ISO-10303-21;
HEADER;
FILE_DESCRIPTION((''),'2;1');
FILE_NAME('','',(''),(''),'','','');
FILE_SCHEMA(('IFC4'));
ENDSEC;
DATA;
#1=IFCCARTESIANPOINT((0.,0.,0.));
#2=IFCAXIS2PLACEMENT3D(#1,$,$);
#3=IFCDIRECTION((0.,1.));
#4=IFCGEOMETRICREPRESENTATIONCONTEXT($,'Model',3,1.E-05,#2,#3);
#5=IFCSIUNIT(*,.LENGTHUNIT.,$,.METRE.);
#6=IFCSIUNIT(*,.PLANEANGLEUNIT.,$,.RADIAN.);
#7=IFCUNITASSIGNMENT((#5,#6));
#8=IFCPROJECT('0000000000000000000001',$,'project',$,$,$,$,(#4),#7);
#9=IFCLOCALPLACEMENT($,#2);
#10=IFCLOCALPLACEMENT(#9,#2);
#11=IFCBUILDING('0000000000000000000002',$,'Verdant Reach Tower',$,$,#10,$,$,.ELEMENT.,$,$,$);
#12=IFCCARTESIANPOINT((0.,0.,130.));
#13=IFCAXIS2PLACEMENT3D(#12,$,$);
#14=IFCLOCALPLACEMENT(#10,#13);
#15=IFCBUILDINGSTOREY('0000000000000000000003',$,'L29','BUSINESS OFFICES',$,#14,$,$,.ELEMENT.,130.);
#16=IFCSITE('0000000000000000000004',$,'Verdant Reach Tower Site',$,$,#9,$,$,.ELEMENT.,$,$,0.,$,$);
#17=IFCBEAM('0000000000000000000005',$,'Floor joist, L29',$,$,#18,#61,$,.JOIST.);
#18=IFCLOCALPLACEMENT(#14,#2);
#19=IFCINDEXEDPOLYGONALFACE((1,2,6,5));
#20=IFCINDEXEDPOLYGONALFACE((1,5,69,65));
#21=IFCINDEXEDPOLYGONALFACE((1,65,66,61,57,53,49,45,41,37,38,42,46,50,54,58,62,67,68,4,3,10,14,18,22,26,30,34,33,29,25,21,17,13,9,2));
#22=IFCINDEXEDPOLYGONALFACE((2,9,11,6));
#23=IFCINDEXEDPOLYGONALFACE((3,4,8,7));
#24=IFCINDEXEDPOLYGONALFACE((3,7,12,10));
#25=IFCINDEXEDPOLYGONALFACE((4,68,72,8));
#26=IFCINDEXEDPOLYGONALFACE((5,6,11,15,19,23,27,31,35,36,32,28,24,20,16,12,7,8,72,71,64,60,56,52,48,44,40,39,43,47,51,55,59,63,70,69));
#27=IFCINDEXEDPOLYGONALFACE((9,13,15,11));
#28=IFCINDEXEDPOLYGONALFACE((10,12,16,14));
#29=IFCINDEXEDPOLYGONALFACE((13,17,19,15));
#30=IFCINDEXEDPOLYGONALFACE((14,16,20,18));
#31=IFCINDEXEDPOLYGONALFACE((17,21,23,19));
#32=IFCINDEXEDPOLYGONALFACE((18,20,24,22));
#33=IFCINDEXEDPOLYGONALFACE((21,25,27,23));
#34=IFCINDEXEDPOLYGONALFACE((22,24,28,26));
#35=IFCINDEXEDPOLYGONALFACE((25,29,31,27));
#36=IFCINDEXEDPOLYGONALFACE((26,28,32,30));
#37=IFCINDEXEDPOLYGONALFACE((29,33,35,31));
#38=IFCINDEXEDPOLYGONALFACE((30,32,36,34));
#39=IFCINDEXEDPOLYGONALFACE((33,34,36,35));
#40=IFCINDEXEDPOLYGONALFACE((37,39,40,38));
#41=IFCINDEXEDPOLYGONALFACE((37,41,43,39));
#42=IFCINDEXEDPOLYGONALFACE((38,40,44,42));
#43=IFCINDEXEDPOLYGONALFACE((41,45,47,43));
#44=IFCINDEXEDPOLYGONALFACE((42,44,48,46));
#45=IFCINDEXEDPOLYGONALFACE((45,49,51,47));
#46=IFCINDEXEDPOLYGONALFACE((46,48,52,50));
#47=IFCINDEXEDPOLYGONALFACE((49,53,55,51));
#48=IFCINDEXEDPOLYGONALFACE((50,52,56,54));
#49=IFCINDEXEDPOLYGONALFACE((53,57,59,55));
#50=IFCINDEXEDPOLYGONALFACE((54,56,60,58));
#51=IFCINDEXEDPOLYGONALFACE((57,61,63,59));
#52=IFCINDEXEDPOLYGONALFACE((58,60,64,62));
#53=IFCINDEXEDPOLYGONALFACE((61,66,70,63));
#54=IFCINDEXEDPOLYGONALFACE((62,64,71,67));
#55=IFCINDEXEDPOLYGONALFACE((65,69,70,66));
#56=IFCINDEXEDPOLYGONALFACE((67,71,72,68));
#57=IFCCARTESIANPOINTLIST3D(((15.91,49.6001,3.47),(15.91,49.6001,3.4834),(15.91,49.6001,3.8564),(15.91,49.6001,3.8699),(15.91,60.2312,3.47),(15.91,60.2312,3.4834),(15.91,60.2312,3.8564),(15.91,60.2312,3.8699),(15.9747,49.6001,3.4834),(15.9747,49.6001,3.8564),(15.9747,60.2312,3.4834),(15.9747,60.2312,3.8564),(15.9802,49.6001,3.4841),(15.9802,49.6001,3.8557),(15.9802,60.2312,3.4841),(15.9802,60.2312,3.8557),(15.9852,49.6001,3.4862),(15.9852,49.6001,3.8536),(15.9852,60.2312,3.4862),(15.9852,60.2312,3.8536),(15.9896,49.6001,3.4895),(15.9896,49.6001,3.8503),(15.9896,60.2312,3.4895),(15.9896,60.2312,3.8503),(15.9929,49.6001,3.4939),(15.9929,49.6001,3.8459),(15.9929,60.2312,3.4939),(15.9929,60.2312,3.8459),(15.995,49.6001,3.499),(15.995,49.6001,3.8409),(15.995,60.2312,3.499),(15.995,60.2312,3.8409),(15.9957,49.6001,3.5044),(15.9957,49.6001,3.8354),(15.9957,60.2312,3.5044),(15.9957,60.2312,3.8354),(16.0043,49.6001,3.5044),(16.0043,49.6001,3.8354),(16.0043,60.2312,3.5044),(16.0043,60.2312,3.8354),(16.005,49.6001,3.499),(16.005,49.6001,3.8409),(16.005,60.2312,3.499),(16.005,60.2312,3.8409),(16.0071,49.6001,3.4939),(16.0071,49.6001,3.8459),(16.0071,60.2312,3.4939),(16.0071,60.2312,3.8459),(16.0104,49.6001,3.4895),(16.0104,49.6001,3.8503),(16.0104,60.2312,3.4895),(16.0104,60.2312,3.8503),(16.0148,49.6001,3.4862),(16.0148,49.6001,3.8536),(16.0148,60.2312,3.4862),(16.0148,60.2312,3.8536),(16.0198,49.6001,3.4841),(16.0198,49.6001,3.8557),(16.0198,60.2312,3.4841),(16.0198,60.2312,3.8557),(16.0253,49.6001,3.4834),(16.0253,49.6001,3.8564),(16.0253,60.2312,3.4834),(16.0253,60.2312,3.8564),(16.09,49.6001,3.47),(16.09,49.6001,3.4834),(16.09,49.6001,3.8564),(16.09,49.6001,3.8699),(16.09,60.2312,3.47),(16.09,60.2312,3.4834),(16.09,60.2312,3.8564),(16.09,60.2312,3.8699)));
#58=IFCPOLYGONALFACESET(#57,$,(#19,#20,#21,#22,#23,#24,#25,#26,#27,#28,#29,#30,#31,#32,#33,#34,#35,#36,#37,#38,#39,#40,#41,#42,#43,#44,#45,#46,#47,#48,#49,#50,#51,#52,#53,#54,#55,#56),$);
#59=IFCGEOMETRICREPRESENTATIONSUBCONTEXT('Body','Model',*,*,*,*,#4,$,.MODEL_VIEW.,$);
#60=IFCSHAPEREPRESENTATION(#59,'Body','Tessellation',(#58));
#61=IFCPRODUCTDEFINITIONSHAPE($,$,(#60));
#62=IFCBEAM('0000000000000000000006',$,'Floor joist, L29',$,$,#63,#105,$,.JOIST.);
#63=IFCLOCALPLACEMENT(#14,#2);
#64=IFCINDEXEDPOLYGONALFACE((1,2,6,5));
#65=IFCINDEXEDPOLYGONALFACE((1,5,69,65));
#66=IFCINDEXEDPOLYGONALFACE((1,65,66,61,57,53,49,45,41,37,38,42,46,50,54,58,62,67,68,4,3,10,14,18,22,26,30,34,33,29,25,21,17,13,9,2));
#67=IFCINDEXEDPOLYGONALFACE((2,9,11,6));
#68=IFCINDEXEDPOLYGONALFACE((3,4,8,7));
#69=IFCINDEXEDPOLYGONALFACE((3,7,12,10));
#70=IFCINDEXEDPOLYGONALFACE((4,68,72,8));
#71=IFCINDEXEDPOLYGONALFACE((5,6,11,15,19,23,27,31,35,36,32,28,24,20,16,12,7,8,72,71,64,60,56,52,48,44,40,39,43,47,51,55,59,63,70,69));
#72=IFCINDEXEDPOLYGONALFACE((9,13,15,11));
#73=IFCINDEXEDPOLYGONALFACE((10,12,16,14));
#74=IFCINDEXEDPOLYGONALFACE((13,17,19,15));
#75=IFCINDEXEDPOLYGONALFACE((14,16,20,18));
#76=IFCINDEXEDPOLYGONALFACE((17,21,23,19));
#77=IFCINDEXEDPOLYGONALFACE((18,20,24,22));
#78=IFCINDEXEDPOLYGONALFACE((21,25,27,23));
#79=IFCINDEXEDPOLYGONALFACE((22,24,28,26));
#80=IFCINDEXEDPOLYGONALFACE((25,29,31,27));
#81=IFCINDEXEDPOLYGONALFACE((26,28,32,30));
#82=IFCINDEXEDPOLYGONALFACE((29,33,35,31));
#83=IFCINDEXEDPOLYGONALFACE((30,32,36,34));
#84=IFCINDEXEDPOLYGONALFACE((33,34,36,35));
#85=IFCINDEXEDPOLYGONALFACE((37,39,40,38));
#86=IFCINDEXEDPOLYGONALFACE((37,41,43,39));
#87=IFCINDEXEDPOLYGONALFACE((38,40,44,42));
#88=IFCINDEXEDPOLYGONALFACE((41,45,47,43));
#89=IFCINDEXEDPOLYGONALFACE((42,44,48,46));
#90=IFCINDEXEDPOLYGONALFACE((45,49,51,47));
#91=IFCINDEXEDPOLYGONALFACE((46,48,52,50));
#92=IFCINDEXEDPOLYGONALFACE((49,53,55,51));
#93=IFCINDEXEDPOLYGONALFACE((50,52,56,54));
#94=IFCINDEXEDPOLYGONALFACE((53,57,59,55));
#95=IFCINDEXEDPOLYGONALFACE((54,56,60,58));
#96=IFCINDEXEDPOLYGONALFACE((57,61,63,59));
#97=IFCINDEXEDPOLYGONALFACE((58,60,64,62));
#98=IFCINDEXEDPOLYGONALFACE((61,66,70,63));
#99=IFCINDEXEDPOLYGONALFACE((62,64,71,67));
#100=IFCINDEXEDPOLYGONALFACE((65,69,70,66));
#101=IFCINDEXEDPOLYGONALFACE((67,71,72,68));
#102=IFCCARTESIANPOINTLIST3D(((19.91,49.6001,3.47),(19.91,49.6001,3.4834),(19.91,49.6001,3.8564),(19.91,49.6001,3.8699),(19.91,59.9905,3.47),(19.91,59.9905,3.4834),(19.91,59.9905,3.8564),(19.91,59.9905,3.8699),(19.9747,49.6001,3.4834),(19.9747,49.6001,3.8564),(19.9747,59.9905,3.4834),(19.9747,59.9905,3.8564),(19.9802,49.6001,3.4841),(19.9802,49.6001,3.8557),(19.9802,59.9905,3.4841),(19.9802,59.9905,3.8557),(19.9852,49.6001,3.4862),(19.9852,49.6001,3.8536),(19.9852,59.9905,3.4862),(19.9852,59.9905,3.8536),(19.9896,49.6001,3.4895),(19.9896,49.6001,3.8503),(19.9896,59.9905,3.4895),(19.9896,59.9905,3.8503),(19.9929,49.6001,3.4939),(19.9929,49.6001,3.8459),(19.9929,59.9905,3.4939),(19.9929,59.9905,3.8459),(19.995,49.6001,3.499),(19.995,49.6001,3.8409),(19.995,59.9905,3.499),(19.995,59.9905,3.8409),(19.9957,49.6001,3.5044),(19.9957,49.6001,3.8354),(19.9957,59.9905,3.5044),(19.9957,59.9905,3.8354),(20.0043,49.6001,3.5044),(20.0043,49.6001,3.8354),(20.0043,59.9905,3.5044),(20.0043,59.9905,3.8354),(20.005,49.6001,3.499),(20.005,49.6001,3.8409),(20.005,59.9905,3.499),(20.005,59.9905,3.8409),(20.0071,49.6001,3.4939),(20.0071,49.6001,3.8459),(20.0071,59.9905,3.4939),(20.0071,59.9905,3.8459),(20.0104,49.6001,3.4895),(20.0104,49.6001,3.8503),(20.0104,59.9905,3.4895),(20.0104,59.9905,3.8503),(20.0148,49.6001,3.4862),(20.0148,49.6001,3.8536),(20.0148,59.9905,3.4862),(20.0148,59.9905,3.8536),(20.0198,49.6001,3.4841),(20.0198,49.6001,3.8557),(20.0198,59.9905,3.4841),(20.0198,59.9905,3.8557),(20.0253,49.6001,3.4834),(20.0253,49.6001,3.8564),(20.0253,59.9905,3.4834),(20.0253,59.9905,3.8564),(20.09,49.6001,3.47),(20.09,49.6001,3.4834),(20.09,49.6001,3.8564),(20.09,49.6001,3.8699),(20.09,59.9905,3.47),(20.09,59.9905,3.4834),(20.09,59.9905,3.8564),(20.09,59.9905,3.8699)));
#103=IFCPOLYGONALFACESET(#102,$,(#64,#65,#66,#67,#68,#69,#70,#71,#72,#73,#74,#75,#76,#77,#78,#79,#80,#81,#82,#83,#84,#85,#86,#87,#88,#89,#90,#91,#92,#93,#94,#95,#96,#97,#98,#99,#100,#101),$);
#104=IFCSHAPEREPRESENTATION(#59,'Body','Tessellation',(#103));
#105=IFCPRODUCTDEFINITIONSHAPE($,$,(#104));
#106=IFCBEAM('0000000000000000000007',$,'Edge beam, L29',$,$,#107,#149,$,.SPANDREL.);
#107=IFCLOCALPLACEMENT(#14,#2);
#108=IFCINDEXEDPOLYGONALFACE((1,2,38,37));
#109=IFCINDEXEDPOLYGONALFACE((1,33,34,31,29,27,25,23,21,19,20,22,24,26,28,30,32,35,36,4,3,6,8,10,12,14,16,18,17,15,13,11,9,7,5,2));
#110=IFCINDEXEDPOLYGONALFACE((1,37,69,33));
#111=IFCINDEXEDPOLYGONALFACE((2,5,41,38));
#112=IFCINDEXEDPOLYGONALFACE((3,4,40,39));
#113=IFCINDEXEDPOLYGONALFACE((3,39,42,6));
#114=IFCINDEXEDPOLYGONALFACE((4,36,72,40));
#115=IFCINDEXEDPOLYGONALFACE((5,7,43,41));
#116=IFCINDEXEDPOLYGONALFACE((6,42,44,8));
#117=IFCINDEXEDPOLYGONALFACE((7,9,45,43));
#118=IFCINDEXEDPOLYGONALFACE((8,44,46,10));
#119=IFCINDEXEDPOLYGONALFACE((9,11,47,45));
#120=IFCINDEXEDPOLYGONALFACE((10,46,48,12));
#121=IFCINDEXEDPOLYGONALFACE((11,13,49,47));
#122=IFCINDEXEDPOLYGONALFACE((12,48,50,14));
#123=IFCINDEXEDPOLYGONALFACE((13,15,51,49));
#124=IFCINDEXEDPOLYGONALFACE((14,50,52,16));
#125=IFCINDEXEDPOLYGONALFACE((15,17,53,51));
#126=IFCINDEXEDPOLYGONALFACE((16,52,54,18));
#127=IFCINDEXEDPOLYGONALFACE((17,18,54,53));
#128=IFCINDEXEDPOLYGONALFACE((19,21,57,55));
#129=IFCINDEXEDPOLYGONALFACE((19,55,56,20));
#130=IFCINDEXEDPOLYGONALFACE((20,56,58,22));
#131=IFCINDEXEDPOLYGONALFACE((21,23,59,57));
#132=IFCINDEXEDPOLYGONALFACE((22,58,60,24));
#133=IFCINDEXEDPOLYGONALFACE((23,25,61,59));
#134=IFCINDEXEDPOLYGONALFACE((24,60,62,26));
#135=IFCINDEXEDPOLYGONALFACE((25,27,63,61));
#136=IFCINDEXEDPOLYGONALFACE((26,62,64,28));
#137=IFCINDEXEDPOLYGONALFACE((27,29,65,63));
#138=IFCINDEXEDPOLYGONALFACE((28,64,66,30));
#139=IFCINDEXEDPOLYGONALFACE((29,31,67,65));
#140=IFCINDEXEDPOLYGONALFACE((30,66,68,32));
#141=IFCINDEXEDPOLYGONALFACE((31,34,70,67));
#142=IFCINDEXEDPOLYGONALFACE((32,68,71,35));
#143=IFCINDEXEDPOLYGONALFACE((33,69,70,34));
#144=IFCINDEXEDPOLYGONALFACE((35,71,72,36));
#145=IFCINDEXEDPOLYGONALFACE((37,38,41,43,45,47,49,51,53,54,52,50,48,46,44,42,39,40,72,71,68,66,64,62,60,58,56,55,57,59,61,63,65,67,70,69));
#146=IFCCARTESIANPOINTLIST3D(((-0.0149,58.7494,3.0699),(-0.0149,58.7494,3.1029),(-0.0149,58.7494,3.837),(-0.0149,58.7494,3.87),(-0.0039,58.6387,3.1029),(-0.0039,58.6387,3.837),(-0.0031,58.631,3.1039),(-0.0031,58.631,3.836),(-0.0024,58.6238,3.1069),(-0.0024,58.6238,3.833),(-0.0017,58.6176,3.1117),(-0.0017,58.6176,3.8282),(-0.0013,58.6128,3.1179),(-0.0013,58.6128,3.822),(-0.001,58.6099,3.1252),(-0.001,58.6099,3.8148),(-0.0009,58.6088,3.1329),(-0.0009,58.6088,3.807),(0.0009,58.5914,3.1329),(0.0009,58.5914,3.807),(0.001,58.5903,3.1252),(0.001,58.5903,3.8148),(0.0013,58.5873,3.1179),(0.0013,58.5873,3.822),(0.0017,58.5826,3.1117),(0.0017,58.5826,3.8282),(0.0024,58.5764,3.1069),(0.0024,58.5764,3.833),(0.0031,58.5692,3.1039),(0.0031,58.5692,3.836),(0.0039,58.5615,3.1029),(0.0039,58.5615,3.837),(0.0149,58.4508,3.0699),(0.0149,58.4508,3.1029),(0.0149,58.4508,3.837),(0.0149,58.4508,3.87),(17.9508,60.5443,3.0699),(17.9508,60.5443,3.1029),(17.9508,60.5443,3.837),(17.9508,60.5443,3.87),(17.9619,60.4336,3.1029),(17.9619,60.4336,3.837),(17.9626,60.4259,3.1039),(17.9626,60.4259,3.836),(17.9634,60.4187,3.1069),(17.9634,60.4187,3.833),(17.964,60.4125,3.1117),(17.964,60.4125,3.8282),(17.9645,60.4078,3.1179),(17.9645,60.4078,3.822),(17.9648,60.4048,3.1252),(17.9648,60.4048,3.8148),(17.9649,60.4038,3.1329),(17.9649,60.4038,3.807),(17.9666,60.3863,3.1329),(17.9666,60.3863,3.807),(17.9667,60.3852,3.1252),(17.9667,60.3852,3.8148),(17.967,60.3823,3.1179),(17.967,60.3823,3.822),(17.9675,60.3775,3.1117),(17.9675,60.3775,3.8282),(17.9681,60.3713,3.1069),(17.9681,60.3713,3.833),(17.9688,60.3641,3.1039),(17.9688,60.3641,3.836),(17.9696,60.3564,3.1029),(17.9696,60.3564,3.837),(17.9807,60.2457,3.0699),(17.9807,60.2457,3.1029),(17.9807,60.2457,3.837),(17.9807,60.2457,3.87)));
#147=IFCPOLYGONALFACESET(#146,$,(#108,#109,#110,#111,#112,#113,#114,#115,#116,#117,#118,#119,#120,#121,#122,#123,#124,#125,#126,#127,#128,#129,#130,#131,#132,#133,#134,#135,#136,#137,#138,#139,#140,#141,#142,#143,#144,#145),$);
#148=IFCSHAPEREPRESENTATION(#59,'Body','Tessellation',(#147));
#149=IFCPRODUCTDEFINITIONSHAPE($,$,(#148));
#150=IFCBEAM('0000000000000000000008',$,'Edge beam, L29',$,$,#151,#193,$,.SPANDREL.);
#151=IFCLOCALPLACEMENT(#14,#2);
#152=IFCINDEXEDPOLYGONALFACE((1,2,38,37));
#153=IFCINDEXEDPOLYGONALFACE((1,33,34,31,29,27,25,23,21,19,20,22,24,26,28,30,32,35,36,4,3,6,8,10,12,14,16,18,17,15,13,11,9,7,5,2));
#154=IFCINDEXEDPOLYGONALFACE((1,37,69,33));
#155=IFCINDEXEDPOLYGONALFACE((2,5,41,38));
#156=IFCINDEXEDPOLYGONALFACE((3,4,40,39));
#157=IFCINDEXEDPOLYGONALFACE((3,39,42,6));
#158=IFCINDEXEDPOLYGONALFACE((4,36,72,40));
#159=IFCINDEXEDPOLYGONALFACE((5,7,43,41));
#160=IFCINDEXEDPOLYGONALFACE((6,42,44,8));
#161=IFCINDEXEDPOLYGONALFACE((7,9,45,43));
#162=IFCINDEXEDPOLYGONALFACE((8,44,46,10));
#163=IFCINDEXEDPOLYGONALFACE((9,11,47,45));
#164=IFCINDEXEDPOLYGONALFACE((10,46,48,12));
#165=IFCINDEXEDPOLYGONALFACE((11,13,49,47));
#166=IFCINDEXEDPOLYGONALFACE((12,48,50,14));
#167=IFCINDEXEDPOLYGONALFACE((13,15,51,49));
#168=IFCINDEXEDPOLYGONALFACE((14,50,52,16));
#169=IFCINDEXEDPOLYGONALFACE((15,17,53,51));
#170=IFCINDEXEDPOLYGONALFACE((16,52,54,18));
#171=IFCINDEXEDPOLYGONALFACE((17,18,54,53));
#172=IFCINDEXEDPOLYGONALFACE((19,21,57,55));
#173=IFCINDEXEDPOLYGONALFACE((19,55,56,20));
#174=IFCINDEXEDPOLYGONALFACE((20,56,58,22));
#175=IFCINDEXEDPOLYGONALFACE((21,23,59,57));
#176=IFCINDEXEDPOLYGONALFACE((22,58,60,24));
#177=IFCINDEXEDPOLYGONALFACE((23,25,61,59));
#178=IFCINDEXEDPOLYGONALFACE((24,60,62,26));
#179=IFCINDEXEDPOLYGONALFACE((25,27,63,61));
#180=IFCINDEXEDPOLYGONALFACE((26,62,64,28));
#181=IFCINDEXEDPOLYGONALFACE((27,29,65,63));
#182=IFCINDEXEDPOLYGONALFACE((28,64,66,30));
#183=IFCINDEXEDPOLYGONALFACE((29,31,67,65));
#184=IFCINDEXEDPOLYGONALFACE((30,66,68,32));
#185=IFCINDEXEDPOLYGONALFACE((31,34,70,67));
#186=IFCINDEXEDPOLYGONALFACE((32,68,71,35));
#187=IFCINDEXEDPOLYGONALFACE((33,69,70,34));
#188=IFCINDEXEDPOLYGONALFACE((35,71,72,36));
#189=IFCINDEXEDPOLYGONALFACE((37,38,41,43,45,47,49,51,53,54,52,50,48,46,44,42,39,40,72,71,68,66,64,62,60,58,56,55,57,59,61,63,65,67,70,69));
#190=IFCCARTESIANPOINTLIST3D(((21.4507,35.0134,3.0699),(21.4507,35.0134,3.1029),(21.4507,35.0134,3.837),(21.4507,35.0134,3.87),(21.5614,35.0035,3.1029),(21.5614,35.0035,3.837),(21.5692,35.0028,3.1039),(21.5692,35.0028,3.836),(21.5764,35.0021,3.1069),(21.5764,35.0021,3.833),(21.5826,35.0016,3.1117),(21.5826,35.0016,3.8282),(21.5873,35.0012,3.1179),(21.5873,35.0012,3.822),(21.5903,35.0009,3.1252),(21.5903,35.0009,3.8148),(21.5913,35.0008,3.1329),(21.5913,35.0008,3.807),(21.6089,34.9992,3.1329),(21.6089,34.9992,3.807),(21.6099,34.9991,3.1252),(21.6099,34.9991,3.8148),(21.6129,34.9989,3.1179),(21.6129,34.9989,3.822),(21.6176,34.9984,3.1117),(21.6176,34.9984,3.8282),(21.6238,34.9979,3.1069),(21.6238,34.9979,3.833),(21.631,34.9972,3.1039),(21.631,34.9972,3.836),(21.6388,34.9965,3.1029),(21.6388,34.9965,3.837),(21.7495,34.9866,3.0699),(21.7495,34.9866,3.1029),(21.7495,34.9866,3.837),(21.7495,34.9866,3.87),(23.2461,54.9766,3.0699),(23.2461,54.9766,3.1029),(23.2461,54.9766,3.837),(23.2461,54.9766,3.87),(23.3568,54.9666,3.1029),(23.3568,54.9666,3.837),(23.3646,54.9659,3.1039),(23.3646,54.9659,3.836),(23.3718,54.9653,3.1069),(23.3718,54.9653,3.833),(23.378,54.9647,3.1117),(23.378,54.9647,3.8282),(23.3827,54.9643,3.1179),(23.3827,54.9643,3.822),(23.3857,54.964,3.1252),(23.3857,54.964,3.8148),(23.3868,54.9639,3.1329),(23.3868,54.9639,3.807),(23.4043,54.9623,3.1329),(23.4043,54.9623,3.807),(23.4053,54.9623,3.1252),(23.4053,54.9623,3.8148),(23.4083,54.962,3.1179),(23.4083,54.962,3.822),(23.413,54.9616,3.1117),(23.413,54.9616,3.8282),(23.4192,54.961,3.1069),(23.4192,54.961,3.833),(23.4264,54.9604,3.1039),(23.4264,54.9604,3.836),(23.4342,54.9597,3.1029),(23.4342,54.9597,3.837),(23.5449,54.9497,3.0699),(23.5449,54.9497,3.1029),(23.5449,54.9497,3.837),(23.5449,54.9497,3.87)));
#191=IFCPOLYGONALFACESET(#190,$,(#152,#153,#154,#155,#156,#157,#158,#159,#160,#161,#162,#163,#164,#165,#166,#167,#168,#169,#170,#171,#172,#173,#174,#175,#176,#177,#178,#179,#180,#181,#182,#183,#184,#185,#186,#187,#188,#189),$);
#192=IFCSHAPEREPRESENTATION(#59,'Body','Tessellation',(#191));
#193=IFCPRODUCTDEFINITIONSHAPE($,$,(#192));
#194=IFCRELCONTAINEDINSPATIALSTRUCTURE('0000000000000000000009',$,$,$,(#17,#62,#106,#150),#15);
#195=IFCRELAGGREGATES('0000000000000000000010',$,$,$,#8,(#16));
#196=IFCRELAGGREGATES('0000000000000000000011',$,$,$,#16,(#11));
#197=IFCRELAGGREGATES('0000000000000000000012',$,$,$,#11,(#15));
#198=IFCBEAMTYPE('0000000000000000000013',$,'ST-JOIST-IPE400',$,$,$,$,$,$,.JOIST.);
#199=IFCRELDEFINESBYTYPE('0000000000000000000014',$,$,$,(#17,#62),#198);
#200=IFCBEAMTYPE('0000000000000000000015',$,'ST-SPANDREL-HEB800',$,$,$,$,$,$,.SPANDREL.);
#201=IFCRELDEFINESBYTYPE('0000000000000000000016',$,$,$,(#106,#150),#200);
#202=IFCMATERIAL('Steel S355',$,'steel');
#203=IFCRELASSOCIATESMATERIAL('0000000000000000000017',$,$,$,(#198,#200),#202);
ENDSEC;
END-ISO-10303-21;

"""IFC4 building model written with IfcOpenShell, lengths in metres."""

from ifc_helpers import new_model, si_unit, direction, frame, origin, origin_2d, place, context, subcontext, project, spatial, i_section, extrude, material, material_profile, profile_set, type_object, element, save


model = new_model("IFC4")

# Units and contexts
model_context = context("Model", 3, precision=1e-05, world=origin(), true_north=direction((0.0, 1.0)))
body_context = subcontext(model_context, "Body", "Model", "MODEL_VIEW")
ifc_project = project(units=[si_unit("LENGTHUNIT", "METRE"), si_unit("PLANEANGLEUNIT", "RADIAN")], contexts=[model_context])

# Site, building, storey
site_placement = place(None, origin())
site = spatial("IfcSite", under=ifc_project, at=site_placement, Name="Verdant Reach Tower Site", CompositionType="ELEMENT", RefElevation=0.0)
building_placement = place(site_placement, origin())
building = spatial("IfcBuilding", under=site, at=building_placement, Name="Verdant Reach Tower", CompositionType="ELEMENT")
storey_placement = place(building_placement, frame((0.0, 0.0, 130.0)))
storey = spatial("IfcBuildingStorey", under=building, at=storey_placement, Name="L29", Description="BUSINESS OFFICES", CompositionType="ELEMENT", Elevation=130.0)

# Beams
ifc_material_1 = material(Name="Steel S355", Category="steel")
ifc_material_profile_1 = material_profile(ifc_material_1, i_section(OverallWidth=0.1799, OverallDepth=0.3999, WebThickness=0.0085, FlangeThickness=0.0134, FilletRadius=0.021, at=origin_2d()), Name="IPE 400")
ifc_profile_set_1 = profile_set([ifc_material_profile_1], Name="Steel S355")
beam_type_1 = type_object("IfcBeamType", Name="ST-JOIST-IPE400", PredefinedType="JOIST", material=ifc_profile_set_1)
beam_1_placement = place(storey_placement, frame((16.0, 49.6001, 3.6699), z_axis=(0.0, 1.0, 0.0), x_axis=(-1.0, 0.0, 0.0)))
element("IfcBeam", 1, at=beam_1_placement, inside=storey, type_object=beam_type_1, Name="Floor joist, L29", PredefinedType="JOIST", context=body_context, shape_type="SweptSolid", body=[
    extrude(i_section(OverallWidth=0.1799, OverallDepth=0.3999, WebThickness=0.0085, FlangeThickness=0.0134, FilletRadius=0.021, at=origin_2d()), origin(), (0.0, 0.0, 1.0), 10.6311),
])
beam_2_placement = place(storey_placement, frame((20.0, 49.6001, 3.6699), z_axis=(0.0, 1.0, 0.0), x_axis=(-1.0, 0.0, 0.0)))
element("IfcBeam", 2, at=beam_2_placement, inside=storey, type_object=beam_type_1, Name="Floor joist, L29", PredefinedType="JOIST", context=body_context, shape_type="SweptSolid", body=[
    extrude(i_section(OverallWidth=0.1799, OverallDepth=0.3999, WebThickness=0.0085, FlangeThickness=0.0134, FilletRadius=0.021, at=origin_2d()), origin(), (0.0, 0.0, 1.0), 10.3904),
])
ifc_material_profile_2 = material_profile(ifc_material_1, i_section(OverallWidth=0.3, OverallDepth=0.8, WebThickness=0.0176, FlangeThickness=0.033, FilletRadius=0.03, at=origin_2d()), Name="HEB 800")
ifc_profile_set_2 = profile_set([ifc_material_profile_2], Name="Steel S355")
beam_type_2 = type_object("IfcBeamType", Name="ST-SPANDREL-HEB800", PredefinedType="SPANDREL", material=ifc_profile_set_2)
beam_3_placement = place(storey_placement, frame((0.0, 58.6001, 3.47), z_axis=(0.995046, 0.099413, 0.0), x_axis=(-0.099413, 0.995046, 0.0)))
element("IfcBeam", 3, at=beam_3_placement, inside=storey, type_object=beam_type_2, Name="Edge beam, L29", PredefinedType="SPANDREL", context=body_context, shape_type="SweptSolid", body=[
    extrude(i_section(OverallWidth=0.3, OverallDepth=0.8, WebThickness=0.0176, FlangeThickness=0.033, FilletRadius=0.03, at=origin_2d()), origin(), (0.0, 0.0, 1.0), 18.0552),
])
beam_4_placement = place(storey_placement, frame((23.3955, 54.9631, 3.47), z_axis=(-0.089575, -0.99598, 0.0), x_axis=(0.99598, -0.089575, 0.0)))
element("IfcBeam", 4, at=beam_4_placement, inside=storey, type_object=beam_type_2, Name="Edge beam, L29", PredefinedType="SPANDREL", context=body_context, shape_type="SweptSolid", body=[
    extrude(i_section(OverallWidth=0.3, OverallDepth=0.8, WebThickness=0.0176, FlangeThickness=0.033, FilletRadius=0.03, at=origin_2d()), origin(), (0.0, 0.0, 1.0), 20.0437),
])

save(model, "model.ifc")
